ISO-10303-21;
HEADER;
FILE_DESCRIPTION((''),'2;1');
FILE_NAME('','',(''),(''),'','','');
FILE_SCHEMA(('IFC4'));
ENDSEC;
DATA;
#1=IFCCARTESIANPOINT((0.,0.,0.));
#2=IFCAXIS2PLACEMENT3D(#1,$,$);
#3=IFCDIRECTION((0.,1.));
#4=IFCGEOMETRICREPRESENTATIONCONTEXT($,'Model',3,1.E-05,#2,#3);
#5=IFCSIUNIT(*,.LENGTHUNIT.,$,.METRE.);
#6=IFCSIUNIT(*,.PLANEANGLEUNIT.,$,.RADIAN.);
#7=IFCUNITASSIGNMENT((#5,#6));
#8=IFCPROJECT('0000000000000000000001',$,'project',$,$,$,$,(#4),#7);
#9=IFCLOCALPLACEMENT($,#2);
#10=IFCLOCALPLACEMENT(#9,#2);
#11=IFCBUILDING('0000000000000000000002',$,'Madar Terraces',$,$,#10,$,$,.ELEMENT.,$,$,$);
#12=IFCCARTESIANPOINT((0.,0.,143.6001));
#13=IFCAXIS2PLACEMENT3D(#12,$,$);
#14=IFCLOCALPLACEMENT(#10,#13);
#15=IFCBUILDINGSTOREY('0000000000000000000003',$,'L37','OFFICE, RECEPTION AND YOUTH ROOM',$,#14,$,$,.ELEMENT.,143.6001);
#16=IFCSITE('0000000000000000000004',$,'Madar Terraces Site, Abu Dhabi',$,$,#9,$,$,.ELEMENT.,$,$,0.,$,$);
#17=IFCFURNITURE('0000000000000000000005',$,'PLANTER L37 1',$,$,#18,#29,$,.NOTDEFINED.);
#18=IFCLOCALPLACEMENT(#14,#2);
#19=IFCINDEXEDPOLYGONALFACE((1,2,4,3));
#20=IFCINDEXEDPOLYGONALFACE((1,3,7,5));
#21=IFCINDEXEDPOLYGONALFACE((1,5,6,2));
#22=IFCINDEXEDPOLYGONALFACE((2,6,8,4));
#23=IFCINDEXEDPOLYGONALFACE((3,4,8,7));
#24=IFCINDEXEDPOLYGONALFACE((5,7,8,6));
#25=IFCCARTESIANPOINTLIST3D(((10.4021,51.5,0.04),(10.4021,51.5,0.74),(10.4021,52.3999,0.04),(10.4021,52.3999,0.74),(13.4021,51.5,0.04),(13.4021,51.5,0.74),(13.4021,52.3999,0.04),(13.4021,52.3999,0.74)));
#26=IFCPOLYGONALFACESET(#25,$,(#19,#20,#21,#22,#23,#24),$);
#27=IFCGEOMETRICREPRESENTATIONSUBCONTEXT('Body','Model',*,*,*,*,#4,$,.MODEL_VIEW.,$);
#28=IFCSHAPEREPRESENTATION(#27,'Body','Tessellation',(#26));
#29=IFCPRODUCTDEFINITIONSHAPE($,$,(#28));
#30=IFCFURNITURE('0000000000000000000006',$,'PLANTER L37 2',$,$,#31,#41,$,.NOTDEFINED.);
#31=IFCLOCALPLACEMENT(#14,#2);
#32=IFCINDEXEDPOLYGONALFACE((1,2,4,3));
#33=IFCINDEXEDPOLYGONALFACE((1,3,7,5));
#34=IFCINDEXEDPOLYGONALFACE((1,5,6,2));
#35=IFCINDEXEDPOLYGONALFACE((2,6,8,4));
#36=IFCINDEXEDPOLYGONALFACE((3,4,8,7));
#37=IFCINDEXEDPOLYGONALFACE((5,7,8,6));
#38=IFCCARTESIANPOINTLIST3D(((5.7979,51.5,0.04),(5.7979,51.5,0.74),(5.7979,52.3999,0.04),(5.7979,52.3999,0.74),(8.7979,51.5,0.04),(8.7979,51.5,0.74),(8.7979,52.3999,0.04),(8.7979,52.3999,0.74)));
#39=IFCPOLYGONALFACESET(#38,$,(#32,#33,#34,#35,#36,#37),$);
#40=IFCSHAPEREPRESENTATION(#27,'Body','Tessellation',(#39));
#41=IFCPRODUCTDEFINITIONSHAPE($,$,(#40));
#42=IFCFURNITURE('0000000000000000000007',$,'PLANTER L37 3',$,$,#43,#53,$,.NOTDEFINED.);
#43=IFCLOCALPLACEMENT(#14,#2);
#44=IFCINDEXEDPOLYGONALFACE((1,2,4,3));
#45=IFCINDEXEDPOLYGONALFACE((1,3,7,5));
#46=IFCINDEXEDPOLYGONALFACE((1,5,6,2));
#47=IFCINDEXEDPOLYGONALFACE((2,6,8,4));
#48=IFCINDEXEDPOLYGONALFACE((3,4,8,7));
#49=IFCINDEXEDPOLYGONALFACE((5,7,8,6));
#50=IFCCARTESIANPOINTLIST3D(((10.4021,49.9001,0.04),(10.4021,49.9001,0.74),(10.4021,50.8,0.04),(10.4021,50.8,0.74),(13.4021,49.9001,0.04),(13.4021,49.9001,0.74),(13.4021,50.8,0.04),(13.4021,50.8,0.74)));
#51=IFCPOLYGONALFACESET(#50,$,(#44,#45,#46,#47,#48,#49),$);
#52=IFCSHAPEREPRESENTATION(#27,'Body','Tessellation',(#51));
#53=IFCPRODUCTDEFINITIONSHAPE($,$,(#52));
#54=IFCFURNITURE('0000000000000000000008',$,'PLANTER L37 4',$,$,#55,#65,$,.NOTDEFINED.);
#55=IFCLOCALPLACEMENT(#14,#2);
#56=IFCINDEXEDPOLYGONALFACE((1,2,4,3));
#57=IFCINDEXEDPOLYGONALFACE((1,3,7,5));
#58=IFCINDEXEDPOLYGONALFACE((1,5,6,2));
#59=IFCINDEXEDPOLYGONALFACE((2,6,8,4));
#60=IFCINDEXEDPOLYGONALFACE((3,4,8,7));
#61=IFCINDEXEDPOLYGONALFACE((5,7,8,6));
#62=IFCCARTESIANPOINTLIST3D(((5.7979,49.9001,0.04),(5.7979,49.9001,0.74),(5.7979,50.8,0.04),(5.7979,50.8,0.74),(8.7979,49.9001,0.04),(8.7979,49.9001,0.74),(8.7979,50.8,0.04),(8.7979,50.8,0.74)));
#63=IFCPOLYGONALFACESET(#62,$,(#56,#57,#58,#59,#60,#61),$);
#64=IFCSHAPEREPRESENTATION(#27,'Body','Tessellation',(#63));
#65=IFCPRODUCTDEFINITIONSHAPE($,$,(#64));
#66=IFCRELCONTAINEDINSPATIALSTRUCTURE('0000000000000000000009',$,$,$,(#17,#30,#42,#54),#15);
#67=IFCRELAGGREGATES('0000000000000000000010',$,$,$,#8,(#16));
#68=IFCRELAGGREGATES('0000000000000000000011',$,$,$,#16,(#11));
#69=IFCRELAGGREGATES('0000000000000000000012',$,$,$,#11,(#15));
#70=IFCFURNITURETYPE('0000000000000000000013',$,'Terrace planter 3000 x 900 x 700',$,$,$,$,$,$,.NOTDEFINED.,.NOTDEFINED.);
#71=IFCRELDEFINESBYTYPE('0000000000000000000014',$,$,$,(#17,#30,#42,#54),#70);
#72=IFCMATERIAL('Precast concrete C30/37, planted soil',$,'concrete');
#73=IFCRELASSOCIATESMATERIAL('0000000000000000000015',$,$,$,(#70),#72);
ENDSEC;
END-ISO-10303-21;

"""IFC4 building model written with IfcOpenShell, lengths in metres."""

from ifc_helpers import new_model, si_unit, direction, frame, origin, origin_2d, place, context, subcontext, project, spatial, rectangle, extrude, material, type_object, element, save


model = new_model("IFC4")

# Units and contexts
model_context = context("Model", 3, precision=1e-05, world=origin(), true_north=direction((0.0, 1.0)))
body_context = subcontext(model_context, "Body", "Model", "MODEL_VIEW")
ifc_project = project(units=[si_unit("LENGTHUNIT", "METRE"), si_unit("PLANEANGLEUNIT", "RADIAN")], contexts=[model_context])

# Site, building, storey
site_placement = place(None, origin())
site = spatial("IfcSite", under=ifc_project, at=site_placement, Name="Madar Terraces Site, Abu Dhabi", CompositionType="ELEMENT", RefElevation=0.0)
building_placement = place(site_placement, origin())
building = spatial("IfcBuilding", under=site, at=building_placement, Name="Madar Terraces", CompositionType="ELEMENT")
storey_placement = place(building_placement, frame((0.0, 0.0, 143.6001)))
storey = spatial("IfcBuildingStorey", under=building, at=storey_placement, Name="L37", Description="OFFICE, RECEPTION AND YOUTH ROOM", CompositionType="ELEMENT", Elevation=143.6001)

# Furniture
ifc_material_1 = material(Name="Precast concrete C30/37, planted soil", Category="concrete")
furniture_type = type_object("IfcFurnitureType", Name="Terrace planter 3000 x 900 x 700", AssemblyPlace="NOTDEFINED", PredefinedType="NOTDEFINED", material=ifc_material_1)
for number, where, z_axis, x_axis, name in (
    (1, (11.9021, 51.95, 0.04), (0.0, 0.0, 1.0), (-1.0, 0.0, 0.0), "PLANTER L37 1"),
    (2, (7.2979, 51.95, 0.04), (0.0, 0.0, 1.0), (-1.0, 0.0, 0.0), "PLANTER L37 2"),
    (3, (11.9021, 50.3501, 0.04), (0.0, 0.0, 1.0), (-1.0, 0.0, 0.0), "PLANTER L37 3"),
    (4, (7.2979, 50.3501, 0.04), (0.0, 0.0, 1.0), (-1.0, 0.0, 0.0), "PLANTER L37 4"),
):
    element("IfcFurniture", number, at=place(storey_placement, frame(where, z_axis=z_axis, x_axis=x_axis)), inside=storey, type_object=furniture_type, Name=name, PredefinedType="NOTDEFINED", context=body_context, shape_type="SweptSolid", body=[
        extrude(rectangle(XDim=3.0, YDim=0.8999, at=origin_2d()), origin(), (0.0, 0.0, 1.0), 0.7),
    ])

save(model, "model.ifc")
